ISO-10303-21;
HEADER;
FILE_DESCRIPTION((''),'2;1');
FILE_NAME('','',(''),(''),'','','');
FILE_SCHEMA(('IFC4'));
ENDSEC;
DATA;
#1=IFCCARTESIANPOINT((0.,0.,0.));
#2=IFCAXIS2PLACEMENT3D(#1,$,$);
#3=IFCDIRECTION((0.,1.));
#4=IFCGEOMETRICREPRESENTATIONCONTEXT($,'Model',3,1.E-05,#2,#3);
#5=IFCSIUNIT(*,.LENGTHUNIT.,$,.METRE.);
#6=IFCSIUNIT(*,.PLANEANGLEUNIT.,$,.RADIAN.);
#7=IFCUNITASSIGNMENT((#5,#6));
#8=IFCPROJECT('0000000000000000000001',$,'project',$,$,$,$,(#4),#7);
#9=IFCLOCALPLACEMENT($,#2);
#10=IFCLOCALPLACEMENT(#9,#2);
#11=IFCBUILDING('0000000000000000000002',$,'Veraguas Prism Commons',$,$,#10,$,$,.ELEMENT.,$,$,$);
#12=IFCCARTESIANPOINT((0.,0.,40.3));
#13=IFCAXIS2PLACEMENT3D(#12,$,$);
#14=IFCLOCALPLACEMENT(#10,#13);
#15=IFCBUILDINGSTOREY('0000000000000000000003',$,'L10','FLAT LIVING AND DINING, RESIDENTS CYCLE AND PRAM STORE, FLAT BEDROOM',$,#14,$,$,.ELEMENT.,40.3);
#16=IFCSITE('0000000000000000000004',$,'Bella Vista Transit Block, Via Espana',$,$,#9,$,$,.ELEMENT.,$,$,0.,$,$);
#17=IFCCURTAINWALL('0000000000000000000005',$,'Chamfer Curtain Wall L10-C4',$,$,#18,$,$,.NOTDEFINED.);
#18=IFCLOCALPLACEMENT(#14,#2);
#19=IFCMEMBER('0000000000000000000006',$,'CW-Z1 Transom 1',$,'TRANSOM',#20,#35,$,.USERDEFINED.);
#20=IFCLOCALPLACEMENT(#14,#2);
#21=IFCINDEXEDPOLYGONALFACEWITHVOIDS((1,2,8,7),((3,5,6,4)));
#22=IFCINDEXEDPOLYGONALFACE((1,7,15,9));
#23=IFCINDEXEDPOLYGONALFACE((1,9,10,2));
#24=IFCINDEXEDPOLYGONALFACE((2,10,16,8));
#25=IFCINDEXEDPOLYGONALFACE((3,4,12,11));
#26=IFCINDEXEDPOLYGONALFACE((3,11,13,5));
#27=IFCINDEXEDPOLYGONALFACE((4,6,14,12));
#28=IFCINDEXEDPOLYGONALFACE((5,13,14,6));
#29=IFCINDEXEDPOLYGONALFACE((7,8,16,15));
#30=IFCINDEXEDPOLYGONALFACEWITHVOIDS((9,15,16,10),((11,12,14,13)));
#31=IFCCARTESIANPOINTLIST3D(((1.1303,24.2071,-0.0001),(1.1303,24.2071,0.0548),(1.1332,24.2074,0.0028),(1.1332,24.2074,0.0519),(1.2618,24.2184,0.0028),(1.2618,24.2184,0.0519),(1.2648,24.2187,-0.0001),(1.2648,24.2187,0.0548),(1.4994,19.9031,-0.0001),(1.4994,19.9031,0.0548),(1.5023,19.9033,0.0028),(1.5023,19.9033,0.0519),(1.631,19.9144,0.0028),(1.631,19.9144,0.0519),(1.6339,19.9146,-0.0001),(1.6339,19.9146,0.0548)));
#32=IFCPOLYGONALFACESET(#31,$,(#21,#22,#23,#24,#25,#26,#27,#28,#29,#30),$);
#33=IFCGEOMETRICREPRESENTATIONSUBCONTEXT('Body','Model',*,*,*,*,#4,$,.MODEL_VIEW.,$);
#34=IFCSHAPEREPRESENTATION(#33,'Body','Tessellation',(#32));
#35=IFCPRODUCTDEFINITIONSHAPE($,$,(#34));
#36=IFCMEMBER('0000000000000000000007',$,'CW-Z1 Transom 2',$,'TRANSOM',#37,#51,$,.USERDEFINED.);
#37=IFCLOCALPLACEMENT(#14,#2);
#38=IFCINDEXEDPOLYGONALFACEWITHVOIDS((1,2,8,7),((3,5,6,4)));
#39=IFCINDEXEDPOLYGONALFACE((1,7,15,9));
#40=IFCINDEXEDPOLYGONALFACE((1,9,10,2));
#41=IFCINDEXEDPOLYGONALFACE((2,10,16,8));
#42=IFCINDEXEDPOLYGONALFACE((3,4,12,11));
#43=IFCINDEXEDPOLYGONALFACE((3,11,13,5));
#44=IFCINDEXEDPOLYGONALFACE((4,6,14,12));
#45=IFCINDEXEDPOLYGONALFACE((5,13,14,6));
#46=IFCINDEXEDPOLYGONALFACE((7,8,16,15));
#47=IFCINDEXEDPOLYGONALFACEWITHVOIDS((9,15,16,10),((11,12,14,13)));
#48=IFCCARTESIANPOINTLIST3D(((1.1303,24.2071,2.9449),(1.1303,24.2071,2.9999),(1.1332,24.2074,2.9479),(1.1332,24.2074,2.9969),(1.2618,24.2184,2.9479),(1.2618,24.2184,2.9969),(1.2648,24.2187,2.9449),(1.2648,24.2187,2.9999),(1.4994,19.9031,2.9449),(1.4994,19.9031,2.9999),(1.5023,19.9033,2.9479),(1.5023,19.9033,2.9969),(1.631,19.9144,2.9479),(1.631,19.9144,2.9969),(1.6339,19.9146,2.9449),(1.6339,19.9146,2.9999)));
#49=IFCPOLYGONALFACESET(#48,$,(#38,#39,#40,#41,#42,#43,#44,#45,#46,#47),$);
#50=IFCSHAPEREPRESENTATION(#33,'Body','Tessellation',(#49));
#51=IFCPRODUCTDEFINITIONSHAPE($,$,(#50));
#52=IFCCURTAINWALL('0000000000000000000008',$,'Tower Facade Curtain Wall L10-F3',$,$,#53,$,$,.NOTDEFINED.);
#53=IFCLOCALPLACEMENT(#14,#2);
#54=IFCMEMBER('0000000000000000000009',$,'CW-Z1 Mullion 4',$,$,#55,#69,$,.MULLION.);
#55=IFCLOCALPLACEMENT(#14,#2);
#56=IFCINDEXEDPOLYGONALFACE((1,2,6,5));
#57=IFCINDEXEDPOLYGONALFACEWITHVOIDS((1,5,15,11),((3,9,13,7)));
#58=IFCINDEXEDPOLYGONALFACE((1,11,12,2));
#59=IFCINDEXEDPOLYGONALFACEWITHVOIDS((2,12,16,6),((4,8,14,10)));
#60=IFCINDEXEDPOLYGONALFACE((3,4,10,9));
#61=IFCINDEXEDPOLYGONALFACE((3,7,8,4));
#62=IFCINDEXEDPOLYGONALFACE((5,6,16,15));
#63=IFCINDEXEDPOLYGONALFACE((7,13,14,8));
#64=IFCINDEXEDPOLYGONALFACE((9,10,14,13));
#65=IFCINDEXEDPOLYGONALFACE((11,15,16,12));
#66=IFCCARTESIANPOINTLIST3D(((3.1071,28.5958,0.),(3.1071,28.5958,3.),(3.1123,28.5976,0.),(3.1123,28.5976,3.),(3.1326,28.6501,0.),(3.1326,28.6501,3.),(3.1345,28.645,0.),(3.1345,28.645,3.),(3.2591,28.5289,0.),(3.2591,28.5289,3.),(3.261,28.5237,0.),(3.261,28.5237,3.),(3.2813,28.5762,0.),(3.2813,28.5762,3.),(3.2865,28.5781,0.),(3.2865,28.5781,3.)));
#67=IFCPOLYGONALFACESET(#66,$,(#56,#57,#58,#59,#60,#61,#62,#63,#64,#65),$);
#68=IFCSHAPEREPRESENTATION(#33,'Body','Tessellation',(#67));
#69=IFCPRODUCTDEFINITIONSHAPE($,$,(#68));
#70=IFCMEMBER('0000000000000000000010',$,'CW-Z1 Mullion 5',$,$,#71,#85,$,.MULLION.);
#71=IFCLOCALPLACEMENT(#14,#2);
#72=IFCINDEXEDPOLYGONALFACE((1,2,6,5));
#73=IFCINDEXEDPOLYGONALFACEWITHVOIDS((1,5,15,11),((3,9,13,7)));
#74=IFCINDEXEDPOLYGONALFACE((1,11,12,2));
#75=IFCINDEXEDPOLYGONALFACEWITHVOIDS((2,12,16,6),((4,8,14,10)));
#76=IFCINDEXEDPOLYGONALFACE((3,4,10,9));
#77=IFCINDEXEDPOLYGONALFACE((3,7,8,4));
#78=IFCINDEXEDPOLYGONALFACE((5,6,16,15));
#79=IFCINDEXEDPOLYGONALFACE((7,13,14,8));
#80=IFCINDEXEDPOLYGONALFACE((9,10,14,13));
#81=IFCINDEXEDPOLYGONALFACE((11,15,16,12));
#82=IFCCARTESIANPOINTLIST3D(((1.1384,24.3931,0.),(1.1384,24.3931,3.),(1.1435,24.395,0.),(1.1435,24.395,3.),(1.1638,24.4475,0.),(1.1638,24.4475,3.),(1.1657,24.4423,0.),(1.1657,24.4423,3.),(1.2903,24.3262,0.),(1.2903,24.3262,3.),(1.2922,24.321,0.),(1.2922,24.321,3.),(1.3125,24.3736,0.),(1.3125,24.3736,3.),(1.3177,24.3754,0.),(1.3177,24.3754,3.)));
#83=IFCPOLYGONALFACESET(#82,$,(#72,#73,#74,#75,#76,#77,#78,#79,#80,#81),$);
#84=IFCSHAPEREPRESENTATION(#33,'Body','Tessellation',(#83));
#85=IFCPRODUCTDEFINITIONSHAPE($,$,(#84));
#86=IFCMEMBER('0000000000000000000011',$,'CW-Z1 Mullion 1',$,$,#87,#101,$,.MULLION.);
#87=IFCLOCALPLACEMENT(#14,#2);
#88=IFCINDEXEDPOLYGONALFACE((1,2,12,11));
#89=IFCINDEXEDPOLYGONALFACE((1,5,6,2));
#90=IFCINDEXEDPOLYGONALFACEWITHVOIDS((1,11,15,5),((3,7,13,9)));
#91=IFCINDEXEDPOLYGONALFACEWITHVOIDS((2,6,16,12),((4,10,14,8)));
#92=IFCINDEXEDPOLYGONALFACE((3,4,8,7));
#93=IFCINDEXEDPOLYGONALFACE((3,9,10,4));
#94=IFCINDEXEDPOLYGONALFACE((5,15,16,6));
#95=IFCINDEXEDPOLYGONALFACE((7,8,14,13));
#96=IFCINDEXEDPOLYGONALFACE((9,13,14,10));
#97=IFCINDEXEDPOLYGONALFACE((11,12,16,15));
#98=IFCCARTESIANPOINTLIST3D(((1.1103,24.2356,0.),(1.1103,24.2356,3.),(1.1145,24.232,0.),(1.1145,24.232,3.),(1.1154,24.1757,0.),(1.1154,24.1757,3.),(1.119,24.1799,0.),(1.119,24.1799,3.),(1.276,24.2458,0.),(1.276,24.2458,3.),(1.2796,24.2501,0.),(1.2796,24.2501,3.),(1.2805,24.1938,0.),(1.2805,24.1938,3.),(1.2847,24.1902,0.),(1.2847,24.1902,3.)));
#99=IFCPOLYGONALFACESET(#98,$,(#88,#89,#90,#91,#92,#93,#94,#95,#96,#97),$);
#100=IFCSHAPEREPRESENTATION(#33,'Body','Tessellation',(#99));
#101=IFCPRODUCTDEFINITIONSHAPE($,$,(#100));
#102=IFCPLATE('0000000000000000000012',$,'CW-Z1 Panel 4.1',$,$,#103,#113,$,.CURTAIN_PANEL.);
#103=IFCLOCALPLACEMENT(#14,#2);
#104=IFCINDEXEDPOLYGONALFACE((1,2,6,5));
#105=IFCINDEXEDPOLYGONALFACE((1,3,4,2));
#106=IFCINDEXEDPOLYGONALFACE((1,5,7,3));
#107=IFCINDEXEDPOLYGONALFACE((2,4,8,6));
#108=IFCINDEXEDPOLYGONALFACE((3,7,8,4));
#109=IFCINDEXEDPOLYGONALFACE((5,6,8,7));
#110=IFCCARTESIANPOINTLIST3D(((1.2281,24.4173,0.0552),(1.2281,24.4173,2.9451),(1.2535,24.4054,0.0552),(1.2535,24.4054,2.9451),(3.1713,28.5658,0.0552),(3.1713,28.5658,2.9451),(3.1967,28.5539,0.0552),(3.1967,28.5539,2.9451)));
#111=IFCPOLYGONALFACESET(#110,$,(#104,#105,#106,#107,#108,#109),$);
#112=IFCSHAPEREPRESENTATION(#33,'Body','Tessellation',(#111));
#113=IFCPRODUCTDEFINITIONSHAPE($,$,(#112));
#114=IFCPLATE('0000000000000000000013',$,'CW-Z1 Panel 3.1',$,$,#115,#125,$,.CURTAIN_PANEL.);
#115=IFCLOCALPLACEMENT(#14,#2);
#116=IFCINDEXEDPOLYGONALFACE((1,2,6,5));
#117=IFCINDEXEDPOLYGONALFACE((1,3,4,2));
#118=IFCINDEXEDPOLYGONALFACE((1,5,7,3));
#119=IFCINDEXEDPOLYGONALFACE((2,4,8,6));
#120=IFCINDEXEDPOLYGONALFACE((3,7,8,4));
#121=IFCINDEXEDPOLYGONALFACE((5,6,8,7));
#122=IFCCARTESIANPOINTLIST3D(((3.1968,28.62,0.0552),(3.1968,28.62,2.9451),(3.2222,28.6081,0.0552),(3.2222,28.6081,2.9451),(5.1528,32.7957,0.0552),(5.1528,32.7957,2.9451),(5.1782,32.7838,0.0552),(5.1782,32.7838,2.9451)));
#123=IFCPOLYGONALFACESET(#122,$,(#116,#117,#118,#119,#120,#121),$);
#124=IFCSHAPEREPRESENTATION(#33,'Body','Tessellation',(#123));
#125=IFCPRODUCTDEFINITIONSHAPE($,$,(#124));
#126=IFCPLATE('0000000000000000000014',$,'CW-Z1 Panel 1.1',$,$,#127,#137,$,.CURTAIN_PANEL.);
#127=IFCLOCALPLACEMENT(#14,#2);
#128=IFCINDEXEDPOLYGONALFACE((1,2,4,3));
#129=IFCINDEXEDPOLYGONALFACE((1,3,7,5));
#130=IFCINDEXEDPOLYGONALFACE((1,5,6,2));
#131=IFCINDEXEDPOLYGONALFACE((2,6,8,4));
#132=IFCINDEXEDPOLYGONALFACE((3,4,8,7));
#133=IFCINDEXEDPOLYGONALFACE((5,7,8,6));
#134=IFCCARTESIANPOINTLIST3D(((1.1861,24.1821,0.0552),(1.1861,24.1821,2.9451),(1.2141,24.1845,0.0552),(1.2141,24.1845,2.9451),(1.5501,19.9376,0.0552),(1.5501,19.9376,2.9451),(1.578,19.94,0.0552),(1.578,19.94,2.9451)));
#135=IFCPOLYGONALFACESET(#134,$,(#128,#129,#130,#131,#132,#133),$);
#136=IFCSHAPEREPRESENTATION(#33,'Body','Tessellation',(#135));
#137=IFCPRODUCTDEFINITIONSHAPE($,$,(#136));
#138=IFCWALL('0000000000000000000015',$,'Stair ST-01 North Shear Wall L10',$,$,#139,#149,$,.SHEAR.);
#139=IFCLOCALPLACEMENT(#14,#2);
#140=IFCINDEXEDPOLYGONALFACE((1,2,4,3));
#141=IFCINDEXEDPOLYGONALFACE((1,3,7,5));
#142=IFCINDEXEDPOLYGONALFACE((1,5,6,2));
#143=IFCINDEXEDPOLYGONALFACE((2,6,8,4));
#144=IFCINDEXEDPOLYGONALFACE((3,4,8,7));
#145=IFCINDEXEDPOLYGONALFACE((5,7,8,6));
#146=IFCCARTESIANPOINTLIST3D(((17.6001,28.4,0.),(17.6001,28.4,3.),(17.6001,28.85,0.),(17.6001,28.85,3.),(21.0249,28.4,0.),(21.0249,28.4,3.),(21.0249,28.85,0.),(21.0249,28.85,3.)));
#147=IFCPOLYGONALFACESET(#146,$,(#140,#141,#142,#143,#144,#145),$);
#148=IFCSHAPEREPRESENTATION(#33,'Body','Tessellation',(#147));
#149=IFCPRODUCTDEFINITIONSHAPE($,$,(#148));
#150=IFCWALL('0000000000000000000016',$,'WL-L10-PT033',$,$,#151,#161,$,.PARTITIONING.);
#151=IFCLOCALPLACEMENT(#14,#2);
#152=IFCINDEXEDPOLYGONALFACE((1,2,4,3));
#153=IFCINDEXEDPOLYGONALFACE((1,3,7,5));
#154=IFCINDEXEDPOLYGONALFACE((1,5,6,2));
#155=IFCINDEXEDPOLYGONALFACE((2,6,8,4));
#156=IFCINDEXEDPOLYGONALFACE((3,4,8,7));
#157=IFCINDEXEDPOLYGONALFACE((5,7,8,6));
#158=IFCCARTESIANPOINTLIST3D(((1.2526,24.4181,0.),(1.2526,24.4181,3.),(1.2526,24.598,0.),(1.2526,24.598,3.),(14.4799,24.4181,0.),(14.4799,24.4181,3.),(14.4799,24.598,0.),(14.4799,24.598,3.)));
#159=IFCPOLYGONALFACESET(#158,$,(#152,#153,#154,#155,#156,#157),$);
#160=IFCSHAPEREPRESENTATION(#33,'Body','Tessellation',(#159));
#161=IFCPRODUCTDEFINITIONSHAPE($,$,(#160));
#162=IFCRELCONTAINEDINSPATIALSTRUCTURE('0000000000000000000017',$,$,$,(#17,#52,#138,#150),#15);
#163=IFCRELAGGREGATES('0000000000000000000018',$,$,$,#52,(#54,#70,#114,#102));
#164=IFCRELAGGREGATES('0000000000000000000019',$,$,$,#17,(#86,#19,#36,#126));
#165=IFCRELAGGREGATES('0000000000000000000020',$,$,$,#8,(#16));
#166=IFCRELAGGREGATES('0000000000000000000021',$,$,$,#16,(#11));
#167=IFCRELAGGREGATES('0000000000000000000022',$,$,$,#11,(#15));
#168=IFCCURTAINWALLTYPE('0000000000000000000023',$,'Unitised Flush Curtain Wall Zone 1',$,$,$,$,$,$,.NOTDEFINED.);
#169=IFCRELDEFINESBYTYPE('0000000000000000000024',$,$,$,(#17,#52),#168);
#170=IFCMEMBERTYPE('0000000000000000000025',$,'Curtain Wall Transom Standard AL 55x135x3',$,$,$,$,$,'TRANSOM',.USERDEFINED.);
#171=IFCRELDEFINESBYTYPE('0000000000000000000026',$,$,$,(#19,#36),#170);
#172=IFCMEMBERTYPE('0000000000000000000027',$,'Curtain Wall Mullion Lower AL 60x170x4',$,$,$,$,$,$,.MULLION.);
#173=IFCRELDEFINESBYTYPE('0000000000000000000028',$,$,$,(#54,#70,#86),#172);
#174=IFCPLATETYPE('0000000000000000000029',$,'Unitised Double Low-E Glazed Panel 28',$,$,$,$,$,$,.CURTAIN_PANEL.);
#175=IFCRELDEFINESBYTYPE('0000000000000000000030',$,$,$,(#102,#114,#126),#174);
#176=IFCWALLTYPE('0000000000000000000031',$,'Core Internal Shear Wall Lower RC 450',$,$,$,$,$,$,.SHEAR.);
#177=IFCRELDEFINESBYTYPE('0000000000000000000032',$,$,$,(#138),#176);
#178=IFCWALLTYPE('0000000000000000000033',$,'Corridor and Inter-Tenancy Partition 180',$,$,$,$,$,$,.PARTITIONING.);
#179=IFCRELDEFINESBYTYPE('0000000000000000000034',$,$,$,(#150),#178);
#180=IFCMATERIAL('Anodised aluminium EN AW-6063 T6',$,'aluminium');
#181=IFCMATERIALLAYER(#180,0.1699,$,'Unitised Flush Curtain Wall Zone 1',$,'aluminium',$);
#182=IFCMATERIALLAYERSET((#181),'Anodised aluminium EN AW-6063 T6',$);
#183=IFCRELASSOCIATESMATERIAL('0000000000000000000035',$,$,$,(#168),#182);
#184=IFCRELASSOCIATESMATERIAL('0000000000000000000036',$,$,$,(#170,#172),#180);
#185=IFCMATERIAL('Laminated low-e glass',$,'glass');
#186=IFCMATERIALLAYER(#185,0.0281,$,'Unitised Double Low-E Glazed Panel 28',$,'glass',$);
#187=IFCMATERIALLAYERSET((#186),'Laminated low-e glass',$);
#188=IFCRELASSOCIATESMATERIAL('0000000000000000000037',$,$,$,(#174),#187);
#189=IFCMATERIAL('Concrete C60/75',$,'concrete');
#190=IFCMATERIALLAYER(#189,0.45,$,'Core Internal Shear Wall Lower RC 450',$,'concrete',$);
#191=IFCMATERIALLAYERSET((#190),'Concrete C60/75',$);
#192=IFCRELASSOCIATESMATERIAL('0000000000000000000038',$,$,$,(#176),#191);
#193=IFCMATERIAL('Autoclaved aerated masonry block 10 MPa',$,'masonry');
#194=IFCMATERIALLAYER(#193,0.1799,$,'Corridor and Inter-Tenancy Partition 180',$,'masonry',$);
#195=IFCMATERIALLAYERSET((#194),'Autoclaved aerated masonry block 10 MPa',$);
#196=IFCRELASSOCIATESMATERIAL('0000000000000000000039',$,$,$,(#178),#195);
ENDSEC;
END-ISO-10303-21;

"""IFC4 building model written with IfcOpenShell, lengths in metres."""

from ifc_helpers import new_model, si_unit, direction, frame, frame_2d, origin, origin_2d, place, context, subcontext, project, spatial, rectangle, hollow_rectangle, extrude, source, transform, mapped, material, layer, layer_set, material_profile, profile_set, type_object, element, aggregate, save


model = new_model("IFC4")

# Units and contexts
model_context = context("Model", 3, precision=1e-05, world=origin(), true_north=direction((0.0, 1.0)))
body_context = subcontext(model_context, "Body", "Model", "MODEL_VIEW")
ifc_project = project(units=[si_unit("LENGTHUNIT", "METRE"), si_unit("PLANEANGLEUNIT", "RADIAN")], contexts=[model_context])

# Site, building, storey
site_placement = place(None, origin())
site = spatial("IfcSite", under=ifc_project, at=site_placement, Name="Bella Vista Transit Block, Via Espana", CompositionType="ELEMENT", RefElevation=0.0)
building_placement = place(site_placement, origin())
building = spatial("IfcBuilding", under=site, at=building_placement, Name="Veraguas Prism Commons", CompositionType="ELEMENT")
storey_placement = place(building_placement, frame((0.0, 0.0, 40.3)))
storey = spatial("IfcBuildingStorey", under=building, at=storey_placement, Name="L10", Description="FLAT LIVING AND DINING, RESIDENTS CYCLE AND PRAM STORE, FLAT BEDROOM", CompositionType="ELEMENT", Elevation=40.3)

# Shared definitions
ifc_material_1 = material(Name="Concrete C60/75", Category="concrete")

# Curtain walls, members
ifc_material_2 = material(Name="Anodised aluminium EN AW-6063 T6", Category="aluminium")
ifc_layer_1 = layer(ifc_material_2, 0.1699, Name="Unitised Flush Curtain Wall Zone 1", Category="aluminium")
ifc_layer_set_1 = layer_set([ifc_layer_1], Name="Anodised aluminium EN AW-6063 T6")
curtain_wall_type = type_object("IfcCurtainWallType", Name="Unitised Flush Curtain Wall Zone 1", PredefinedType="NOTDEFINED", material=ifc_layer_set_1)
curtain_wall_1_placement = place(storey_placement, origin())
curtain_wall_1 = element("IfcCurtainWall", 1, at=curtain_wall_1_placement, inside=storey, type_object=curtain_wall_type, Name="Chamfer Curtain Wall L10-C4", PredefinedType="NOTDEFINED")
ifc_material_profile_1 = material_profile(ifc_material_2, hollow_rectangle(XDim=0.0549, YDim=0.135, WallThickness=0.0029, at=origin_2d()), Name="AL55X135X3")
ifc_profile_set_1 = profile_set([ifc_material_profile_1], Name="Anodised aluminium EN AW-6063 T6")
member_type_1 = type_object("IfcMemberType", Name="Curtain Wall Transom Standard AL 55x135x3", ElementType="TRANSOM", PredefinedType="USERDEFINED", material=ifc_profile_set_1)
shared_shape_1 = source(origin(), body_context, "Body", "SweptSolid", [
    extrude(hollow_rectangle(XDim=0.0549, YDim=0.135, WallThickness=0.0029, at=origin_2d()), origin(), (0.0, 0.0, 1.0), 4.3198),
])
member_1_placement = place(storey_placement, frame((1.1975, 24.2129, 0.0273), z_axis=(0.085454, -0.996342, 0.0), x_axis=(0.0, 0.0, 1.0)))
member_1 = element("IfcMember", 2, at=member_1_placement, type_object=member_type_1, Name="CW-Z1 Transom 1", ObjectType="TRANSOM", PredefinedType="USERDEFINED", context=body_context, shape_type="MappedRepresentation", body=[
    mapped(shared_shape_1, transform((0.0, 0.0, 0.0), scale=1.0)),
])
member_2_placement = place(storey_placement, frame((1.1975, 24.2129, 2.9724), z_axis=(0.085454, -0.996342, 0.0), x_axis=(0.0, 0.0, 1.0)))
member_2 = element("IfcMember", 3, at=member_2_placement, type_object=member_type_1, Name="CW-Z1 Transom 2", ObjectType="TRANSOM", PredefinedType="USERDEFINED", context=body_context, shape_type="MappedRepresentation", body=[
    mapped(shared_shape_1, transform((0.0, 0.0, 0.0), scale=1.0)),
])
curtain_wall_2_placement = place(storey_placement, origin())
curtain_wall_2 = element("IfcCurtainWall", 4, at=curtain_wall_2_placement, inside=storey, type_object=curtain_wall_type, Name="Tower Facade Curtain Wall L10-F3", PredefinedType="NOTDEFINED")
ifc_material_profile_2 = material_profile(ifc_material_2, hollow_rectangle(XDim=0.0601, YDim=0.1699, WallThickness=0.0039, at=origin_2d()), Name="AL60X170X4")
ifc_profile_set_2 = profile_set([ifc_material_profile_2], Name="Anodised aluminium EN AW-6063 T6")
member_type_2 = type_object("IfcMemberType", Name="Curtain Wall Mullion Lower AL 60x170x4", PredefinedType="MULLION", material=ifc_profile_set_2)
shared_shape_2 = source(origin(), body_context, "Body", "SweptSolid", [
    extrude(hollow_rectangle(XDim=0.0601, YDim=0.1699, WallThickness=0.0039, at=origin_2d()), origin(), (0.0, 0.0, 1.0), 3.0),
])
member_3_placement = place(storey_placement, frame((3.1968, 28.5869, 0.0), z_axis=(0.0, 0.0, 1.0), x_axis=(-0.424195, -0.905571, 0.0)))
member_3 = element("IfcMember", 5, at=member_3_placement, type_object=member_type_2, Name="CW-Z1 Mullion 4", PredefinedType="MULLION", context=body_context, shape_type="MappedRepresentation", body=[
    mapped(shared_shape_2, transform((0.0, 0.0, 0.0), scale=1.0)),
])
member_4_placement = place(storey_placement, frame((1.228, 24.3843, 0.0), z_axis=(0.0, 0.0, 1.0), x_axis=(-0.424195, -0.905571, 0.0)))
member_4 = element("IfcMember", 6, at=member_4_placement, type_object=member_type_2, Name="CW-Z1 Mullion 5", PredefinedType="MULLION", context=body_context, shape_type="MappedRepresentation", body=[
    mapped(shared_shape_2, transform((0.0, 0.0, 0.0), scale=1.0)),
])

# Member
member_5_placement = place(storey_placement, frame((1.1975, 24.2129, 0.0), z_axis=(0.0, 0.0, 1.0), x_axis=(0.085436, -0.996344, 0.0)))
member_5 = element("IfcMember", 7, at=member_5_placement, type_object=member_type_2, Name="CW-Z1 Mullion 1", PredefinedType="MULLION", context=body_context, shape_type="MappedRepresentation", body=[
    mapped(shared_shape_2, transform((0.0, 0.0, 0.0), scale=1.0)),
])

# Plates
ifc_material_3 = material(Name="Laminated low-e glass", Category="glass")
ifc_layer_2 = layer(ifc_material_3, 0.0281, Name="Unitised Double Low-E Glazed Panel 28", Category="glass")
ifc_layer_set_2 = layer_set([ifc_layer_2], Name="Laminated low-e glass")
plate_type = type_object("IfcPlateType", Name="Unitised Double Low-E Glazed Panel 28", PredefinedType="CURTAIN_PANEL", material=ifc_layer_set_2)
shared_shape_3 = source(origin(), body_context, "Body", "SweptSolid", [
    extrude(rectangle(XDim=4.5811, YDim=0.0281, at=origin_2d()), origin(), (0.0, 0.0, 1.0), 2.8899),
])
plate_1_placement = place(storey_placement, frame((2.2124, 26.4856, 0.0552), z_axis=(0.0, 0.0, 1.0), x_axis=(-0.424195, -0.905571, 0.0)))
plate_1 = element("IfcPlate", 8, at=plate_1_placement, type_object=plate_type, Name="CW-Z1 Panel 4.1", PredefinedType="CURTAIN_PANEL", context=body_context, shape_type="MappedRepresentation", body=[
    mapped(shared_shape_3, transform((0.0, 0.0, 0.0), scale=1.0)),
])
shared_shape_4 = source(origin(), body_context, "Body", "SweptSolid", [
    extrude(rectangle(XDim=4.6111, YDim=0.0281, at=origin_2d()), origin(), (0.0, 0.0, 1.0), 2.8899),
])
plate_2_placement = place(storey_placement, frame((4.1875, 30.7019, 0.0552), z_axis=(0.0, 0.0, 1.0), x_axis=(-0.424195, -0.905571, 0.0)))
plate_2 = element("IfcPlate", 9, at=plate_2_placement, type_object=plate_type, Name="CW-Z1 Panel 3.1", PredefinedType="CURTAIN_PANEL", context=body_context, shape_type="MappedRepresentation", body=[
    mapped(shared_shape_4, transform((0.0, 0.0, 0.0), scale=1.0)),
])
aggregate(curtain_wall_2, [member_3, member_4, plate_2, plate_1])
shared_shape_5 = source(origin(), body_context, "Body", "SweptSolid", [
    extrude(rectangle(XDim=4.26, YDim=0.0281, at=origin_2d()), origin(), (0.0, 0.0, 1.0), 2.8899),
])
plate_3_placement = place(storey_placement, frame((1.3821, 22.061, 0.0552), z_axis=(0.0, 0.0, 1.0), x_axis=(0.085436, -0.996344, 0.0)))
plate_3 = element("IfcPlate", 10, at=plate_3_placement, type_object=plate_type, Name="CW-Z1 Panel 1.1", PredefinedType="CURTAIN_PANEL", context=body_context, shape_type="MappedRepresentation", body=[
    mapped(shared_shape_5, transform((0.0, 0.0, 0.0), scale=1.0)),
])
aggregate(curtain_wall_1, [member_5, member_1, member_2, plate_3])

# Walls
ifc_layer_3 = layer(ifc_material_1, 0.45, Name="Core Internal Shear Wall Lower RC 450", Category="concrete")
ifc_layer_set_3 = layer_set([ifc_layer_3], Name="Concrete C60/75")
wall_type_1 = type_object("IfcWallType", Name="Core Internal Shear Wall Lower RC 450", PredefinedType="SHEAR", material=ifc_layer_set_3)
wall_1_placement = place(storey_placement, frame((17.6001, 28.625, 0.0), z_axis=(0.0, 0.0, 1.0), x_axis=(1.0, 0.0, 0.0)))
element("IfcWall", 11, at=wall_1_placement, inside=storey, type_object=wall_type_1, Name="Stair ST-01 North Shear Wall L10", PredefinedType="SHEAR", context=body_context, shape_type="SweptSolid", body=[
    extrude(rectangle(XDim=3.4248, YDim=0.45, at=frame_2d((1.7124, 0.0))), origin(), (0.0, 0.0, 1.0), 3.0),
])
ifc_material_4 = material(Name="Autoclaved aerated masonry block 10 MPa", Category="masonry")
ifc_layer_4 = layer(ifc_material_4, 0.1799, Name="Corridor and Inter-Tenancy Partition 180", Category="masonry")
ifc_layer_set_4 = layer_set([ifc_layer_4], Name="Autoclaved aerated masonry block 10 MPa")
wall_type_2 = type_object("IfcWallType", Name="Corridor and Inter-Tenancy Partition 180", PredefinedType="PARTITIONING", material=ifc_layer_set_4)
wall_2_placement = place(storey_placement, frame((14.48, 24.5081, 0.0), z_axis=(0.0, 0.0, 1.0), x_axis=(-1.0, 0.0, 0.0)))
element("IfcWall", 12, at=wall_2_placement, inside=storey, type_object=wall_type_2, Name="WL-L10-PT033", PredefinedType="PARTITIONING", context=body_context, shape_type="SweptSolid", body=[
    extrude(rectangle(XDim=13.2273, YDim=0.1799, at=frame_2d((6.6138, 0.0))), origin(), (0.0, 0.0, 1.0), 3.0),
])

save(model, "model.ifc")
